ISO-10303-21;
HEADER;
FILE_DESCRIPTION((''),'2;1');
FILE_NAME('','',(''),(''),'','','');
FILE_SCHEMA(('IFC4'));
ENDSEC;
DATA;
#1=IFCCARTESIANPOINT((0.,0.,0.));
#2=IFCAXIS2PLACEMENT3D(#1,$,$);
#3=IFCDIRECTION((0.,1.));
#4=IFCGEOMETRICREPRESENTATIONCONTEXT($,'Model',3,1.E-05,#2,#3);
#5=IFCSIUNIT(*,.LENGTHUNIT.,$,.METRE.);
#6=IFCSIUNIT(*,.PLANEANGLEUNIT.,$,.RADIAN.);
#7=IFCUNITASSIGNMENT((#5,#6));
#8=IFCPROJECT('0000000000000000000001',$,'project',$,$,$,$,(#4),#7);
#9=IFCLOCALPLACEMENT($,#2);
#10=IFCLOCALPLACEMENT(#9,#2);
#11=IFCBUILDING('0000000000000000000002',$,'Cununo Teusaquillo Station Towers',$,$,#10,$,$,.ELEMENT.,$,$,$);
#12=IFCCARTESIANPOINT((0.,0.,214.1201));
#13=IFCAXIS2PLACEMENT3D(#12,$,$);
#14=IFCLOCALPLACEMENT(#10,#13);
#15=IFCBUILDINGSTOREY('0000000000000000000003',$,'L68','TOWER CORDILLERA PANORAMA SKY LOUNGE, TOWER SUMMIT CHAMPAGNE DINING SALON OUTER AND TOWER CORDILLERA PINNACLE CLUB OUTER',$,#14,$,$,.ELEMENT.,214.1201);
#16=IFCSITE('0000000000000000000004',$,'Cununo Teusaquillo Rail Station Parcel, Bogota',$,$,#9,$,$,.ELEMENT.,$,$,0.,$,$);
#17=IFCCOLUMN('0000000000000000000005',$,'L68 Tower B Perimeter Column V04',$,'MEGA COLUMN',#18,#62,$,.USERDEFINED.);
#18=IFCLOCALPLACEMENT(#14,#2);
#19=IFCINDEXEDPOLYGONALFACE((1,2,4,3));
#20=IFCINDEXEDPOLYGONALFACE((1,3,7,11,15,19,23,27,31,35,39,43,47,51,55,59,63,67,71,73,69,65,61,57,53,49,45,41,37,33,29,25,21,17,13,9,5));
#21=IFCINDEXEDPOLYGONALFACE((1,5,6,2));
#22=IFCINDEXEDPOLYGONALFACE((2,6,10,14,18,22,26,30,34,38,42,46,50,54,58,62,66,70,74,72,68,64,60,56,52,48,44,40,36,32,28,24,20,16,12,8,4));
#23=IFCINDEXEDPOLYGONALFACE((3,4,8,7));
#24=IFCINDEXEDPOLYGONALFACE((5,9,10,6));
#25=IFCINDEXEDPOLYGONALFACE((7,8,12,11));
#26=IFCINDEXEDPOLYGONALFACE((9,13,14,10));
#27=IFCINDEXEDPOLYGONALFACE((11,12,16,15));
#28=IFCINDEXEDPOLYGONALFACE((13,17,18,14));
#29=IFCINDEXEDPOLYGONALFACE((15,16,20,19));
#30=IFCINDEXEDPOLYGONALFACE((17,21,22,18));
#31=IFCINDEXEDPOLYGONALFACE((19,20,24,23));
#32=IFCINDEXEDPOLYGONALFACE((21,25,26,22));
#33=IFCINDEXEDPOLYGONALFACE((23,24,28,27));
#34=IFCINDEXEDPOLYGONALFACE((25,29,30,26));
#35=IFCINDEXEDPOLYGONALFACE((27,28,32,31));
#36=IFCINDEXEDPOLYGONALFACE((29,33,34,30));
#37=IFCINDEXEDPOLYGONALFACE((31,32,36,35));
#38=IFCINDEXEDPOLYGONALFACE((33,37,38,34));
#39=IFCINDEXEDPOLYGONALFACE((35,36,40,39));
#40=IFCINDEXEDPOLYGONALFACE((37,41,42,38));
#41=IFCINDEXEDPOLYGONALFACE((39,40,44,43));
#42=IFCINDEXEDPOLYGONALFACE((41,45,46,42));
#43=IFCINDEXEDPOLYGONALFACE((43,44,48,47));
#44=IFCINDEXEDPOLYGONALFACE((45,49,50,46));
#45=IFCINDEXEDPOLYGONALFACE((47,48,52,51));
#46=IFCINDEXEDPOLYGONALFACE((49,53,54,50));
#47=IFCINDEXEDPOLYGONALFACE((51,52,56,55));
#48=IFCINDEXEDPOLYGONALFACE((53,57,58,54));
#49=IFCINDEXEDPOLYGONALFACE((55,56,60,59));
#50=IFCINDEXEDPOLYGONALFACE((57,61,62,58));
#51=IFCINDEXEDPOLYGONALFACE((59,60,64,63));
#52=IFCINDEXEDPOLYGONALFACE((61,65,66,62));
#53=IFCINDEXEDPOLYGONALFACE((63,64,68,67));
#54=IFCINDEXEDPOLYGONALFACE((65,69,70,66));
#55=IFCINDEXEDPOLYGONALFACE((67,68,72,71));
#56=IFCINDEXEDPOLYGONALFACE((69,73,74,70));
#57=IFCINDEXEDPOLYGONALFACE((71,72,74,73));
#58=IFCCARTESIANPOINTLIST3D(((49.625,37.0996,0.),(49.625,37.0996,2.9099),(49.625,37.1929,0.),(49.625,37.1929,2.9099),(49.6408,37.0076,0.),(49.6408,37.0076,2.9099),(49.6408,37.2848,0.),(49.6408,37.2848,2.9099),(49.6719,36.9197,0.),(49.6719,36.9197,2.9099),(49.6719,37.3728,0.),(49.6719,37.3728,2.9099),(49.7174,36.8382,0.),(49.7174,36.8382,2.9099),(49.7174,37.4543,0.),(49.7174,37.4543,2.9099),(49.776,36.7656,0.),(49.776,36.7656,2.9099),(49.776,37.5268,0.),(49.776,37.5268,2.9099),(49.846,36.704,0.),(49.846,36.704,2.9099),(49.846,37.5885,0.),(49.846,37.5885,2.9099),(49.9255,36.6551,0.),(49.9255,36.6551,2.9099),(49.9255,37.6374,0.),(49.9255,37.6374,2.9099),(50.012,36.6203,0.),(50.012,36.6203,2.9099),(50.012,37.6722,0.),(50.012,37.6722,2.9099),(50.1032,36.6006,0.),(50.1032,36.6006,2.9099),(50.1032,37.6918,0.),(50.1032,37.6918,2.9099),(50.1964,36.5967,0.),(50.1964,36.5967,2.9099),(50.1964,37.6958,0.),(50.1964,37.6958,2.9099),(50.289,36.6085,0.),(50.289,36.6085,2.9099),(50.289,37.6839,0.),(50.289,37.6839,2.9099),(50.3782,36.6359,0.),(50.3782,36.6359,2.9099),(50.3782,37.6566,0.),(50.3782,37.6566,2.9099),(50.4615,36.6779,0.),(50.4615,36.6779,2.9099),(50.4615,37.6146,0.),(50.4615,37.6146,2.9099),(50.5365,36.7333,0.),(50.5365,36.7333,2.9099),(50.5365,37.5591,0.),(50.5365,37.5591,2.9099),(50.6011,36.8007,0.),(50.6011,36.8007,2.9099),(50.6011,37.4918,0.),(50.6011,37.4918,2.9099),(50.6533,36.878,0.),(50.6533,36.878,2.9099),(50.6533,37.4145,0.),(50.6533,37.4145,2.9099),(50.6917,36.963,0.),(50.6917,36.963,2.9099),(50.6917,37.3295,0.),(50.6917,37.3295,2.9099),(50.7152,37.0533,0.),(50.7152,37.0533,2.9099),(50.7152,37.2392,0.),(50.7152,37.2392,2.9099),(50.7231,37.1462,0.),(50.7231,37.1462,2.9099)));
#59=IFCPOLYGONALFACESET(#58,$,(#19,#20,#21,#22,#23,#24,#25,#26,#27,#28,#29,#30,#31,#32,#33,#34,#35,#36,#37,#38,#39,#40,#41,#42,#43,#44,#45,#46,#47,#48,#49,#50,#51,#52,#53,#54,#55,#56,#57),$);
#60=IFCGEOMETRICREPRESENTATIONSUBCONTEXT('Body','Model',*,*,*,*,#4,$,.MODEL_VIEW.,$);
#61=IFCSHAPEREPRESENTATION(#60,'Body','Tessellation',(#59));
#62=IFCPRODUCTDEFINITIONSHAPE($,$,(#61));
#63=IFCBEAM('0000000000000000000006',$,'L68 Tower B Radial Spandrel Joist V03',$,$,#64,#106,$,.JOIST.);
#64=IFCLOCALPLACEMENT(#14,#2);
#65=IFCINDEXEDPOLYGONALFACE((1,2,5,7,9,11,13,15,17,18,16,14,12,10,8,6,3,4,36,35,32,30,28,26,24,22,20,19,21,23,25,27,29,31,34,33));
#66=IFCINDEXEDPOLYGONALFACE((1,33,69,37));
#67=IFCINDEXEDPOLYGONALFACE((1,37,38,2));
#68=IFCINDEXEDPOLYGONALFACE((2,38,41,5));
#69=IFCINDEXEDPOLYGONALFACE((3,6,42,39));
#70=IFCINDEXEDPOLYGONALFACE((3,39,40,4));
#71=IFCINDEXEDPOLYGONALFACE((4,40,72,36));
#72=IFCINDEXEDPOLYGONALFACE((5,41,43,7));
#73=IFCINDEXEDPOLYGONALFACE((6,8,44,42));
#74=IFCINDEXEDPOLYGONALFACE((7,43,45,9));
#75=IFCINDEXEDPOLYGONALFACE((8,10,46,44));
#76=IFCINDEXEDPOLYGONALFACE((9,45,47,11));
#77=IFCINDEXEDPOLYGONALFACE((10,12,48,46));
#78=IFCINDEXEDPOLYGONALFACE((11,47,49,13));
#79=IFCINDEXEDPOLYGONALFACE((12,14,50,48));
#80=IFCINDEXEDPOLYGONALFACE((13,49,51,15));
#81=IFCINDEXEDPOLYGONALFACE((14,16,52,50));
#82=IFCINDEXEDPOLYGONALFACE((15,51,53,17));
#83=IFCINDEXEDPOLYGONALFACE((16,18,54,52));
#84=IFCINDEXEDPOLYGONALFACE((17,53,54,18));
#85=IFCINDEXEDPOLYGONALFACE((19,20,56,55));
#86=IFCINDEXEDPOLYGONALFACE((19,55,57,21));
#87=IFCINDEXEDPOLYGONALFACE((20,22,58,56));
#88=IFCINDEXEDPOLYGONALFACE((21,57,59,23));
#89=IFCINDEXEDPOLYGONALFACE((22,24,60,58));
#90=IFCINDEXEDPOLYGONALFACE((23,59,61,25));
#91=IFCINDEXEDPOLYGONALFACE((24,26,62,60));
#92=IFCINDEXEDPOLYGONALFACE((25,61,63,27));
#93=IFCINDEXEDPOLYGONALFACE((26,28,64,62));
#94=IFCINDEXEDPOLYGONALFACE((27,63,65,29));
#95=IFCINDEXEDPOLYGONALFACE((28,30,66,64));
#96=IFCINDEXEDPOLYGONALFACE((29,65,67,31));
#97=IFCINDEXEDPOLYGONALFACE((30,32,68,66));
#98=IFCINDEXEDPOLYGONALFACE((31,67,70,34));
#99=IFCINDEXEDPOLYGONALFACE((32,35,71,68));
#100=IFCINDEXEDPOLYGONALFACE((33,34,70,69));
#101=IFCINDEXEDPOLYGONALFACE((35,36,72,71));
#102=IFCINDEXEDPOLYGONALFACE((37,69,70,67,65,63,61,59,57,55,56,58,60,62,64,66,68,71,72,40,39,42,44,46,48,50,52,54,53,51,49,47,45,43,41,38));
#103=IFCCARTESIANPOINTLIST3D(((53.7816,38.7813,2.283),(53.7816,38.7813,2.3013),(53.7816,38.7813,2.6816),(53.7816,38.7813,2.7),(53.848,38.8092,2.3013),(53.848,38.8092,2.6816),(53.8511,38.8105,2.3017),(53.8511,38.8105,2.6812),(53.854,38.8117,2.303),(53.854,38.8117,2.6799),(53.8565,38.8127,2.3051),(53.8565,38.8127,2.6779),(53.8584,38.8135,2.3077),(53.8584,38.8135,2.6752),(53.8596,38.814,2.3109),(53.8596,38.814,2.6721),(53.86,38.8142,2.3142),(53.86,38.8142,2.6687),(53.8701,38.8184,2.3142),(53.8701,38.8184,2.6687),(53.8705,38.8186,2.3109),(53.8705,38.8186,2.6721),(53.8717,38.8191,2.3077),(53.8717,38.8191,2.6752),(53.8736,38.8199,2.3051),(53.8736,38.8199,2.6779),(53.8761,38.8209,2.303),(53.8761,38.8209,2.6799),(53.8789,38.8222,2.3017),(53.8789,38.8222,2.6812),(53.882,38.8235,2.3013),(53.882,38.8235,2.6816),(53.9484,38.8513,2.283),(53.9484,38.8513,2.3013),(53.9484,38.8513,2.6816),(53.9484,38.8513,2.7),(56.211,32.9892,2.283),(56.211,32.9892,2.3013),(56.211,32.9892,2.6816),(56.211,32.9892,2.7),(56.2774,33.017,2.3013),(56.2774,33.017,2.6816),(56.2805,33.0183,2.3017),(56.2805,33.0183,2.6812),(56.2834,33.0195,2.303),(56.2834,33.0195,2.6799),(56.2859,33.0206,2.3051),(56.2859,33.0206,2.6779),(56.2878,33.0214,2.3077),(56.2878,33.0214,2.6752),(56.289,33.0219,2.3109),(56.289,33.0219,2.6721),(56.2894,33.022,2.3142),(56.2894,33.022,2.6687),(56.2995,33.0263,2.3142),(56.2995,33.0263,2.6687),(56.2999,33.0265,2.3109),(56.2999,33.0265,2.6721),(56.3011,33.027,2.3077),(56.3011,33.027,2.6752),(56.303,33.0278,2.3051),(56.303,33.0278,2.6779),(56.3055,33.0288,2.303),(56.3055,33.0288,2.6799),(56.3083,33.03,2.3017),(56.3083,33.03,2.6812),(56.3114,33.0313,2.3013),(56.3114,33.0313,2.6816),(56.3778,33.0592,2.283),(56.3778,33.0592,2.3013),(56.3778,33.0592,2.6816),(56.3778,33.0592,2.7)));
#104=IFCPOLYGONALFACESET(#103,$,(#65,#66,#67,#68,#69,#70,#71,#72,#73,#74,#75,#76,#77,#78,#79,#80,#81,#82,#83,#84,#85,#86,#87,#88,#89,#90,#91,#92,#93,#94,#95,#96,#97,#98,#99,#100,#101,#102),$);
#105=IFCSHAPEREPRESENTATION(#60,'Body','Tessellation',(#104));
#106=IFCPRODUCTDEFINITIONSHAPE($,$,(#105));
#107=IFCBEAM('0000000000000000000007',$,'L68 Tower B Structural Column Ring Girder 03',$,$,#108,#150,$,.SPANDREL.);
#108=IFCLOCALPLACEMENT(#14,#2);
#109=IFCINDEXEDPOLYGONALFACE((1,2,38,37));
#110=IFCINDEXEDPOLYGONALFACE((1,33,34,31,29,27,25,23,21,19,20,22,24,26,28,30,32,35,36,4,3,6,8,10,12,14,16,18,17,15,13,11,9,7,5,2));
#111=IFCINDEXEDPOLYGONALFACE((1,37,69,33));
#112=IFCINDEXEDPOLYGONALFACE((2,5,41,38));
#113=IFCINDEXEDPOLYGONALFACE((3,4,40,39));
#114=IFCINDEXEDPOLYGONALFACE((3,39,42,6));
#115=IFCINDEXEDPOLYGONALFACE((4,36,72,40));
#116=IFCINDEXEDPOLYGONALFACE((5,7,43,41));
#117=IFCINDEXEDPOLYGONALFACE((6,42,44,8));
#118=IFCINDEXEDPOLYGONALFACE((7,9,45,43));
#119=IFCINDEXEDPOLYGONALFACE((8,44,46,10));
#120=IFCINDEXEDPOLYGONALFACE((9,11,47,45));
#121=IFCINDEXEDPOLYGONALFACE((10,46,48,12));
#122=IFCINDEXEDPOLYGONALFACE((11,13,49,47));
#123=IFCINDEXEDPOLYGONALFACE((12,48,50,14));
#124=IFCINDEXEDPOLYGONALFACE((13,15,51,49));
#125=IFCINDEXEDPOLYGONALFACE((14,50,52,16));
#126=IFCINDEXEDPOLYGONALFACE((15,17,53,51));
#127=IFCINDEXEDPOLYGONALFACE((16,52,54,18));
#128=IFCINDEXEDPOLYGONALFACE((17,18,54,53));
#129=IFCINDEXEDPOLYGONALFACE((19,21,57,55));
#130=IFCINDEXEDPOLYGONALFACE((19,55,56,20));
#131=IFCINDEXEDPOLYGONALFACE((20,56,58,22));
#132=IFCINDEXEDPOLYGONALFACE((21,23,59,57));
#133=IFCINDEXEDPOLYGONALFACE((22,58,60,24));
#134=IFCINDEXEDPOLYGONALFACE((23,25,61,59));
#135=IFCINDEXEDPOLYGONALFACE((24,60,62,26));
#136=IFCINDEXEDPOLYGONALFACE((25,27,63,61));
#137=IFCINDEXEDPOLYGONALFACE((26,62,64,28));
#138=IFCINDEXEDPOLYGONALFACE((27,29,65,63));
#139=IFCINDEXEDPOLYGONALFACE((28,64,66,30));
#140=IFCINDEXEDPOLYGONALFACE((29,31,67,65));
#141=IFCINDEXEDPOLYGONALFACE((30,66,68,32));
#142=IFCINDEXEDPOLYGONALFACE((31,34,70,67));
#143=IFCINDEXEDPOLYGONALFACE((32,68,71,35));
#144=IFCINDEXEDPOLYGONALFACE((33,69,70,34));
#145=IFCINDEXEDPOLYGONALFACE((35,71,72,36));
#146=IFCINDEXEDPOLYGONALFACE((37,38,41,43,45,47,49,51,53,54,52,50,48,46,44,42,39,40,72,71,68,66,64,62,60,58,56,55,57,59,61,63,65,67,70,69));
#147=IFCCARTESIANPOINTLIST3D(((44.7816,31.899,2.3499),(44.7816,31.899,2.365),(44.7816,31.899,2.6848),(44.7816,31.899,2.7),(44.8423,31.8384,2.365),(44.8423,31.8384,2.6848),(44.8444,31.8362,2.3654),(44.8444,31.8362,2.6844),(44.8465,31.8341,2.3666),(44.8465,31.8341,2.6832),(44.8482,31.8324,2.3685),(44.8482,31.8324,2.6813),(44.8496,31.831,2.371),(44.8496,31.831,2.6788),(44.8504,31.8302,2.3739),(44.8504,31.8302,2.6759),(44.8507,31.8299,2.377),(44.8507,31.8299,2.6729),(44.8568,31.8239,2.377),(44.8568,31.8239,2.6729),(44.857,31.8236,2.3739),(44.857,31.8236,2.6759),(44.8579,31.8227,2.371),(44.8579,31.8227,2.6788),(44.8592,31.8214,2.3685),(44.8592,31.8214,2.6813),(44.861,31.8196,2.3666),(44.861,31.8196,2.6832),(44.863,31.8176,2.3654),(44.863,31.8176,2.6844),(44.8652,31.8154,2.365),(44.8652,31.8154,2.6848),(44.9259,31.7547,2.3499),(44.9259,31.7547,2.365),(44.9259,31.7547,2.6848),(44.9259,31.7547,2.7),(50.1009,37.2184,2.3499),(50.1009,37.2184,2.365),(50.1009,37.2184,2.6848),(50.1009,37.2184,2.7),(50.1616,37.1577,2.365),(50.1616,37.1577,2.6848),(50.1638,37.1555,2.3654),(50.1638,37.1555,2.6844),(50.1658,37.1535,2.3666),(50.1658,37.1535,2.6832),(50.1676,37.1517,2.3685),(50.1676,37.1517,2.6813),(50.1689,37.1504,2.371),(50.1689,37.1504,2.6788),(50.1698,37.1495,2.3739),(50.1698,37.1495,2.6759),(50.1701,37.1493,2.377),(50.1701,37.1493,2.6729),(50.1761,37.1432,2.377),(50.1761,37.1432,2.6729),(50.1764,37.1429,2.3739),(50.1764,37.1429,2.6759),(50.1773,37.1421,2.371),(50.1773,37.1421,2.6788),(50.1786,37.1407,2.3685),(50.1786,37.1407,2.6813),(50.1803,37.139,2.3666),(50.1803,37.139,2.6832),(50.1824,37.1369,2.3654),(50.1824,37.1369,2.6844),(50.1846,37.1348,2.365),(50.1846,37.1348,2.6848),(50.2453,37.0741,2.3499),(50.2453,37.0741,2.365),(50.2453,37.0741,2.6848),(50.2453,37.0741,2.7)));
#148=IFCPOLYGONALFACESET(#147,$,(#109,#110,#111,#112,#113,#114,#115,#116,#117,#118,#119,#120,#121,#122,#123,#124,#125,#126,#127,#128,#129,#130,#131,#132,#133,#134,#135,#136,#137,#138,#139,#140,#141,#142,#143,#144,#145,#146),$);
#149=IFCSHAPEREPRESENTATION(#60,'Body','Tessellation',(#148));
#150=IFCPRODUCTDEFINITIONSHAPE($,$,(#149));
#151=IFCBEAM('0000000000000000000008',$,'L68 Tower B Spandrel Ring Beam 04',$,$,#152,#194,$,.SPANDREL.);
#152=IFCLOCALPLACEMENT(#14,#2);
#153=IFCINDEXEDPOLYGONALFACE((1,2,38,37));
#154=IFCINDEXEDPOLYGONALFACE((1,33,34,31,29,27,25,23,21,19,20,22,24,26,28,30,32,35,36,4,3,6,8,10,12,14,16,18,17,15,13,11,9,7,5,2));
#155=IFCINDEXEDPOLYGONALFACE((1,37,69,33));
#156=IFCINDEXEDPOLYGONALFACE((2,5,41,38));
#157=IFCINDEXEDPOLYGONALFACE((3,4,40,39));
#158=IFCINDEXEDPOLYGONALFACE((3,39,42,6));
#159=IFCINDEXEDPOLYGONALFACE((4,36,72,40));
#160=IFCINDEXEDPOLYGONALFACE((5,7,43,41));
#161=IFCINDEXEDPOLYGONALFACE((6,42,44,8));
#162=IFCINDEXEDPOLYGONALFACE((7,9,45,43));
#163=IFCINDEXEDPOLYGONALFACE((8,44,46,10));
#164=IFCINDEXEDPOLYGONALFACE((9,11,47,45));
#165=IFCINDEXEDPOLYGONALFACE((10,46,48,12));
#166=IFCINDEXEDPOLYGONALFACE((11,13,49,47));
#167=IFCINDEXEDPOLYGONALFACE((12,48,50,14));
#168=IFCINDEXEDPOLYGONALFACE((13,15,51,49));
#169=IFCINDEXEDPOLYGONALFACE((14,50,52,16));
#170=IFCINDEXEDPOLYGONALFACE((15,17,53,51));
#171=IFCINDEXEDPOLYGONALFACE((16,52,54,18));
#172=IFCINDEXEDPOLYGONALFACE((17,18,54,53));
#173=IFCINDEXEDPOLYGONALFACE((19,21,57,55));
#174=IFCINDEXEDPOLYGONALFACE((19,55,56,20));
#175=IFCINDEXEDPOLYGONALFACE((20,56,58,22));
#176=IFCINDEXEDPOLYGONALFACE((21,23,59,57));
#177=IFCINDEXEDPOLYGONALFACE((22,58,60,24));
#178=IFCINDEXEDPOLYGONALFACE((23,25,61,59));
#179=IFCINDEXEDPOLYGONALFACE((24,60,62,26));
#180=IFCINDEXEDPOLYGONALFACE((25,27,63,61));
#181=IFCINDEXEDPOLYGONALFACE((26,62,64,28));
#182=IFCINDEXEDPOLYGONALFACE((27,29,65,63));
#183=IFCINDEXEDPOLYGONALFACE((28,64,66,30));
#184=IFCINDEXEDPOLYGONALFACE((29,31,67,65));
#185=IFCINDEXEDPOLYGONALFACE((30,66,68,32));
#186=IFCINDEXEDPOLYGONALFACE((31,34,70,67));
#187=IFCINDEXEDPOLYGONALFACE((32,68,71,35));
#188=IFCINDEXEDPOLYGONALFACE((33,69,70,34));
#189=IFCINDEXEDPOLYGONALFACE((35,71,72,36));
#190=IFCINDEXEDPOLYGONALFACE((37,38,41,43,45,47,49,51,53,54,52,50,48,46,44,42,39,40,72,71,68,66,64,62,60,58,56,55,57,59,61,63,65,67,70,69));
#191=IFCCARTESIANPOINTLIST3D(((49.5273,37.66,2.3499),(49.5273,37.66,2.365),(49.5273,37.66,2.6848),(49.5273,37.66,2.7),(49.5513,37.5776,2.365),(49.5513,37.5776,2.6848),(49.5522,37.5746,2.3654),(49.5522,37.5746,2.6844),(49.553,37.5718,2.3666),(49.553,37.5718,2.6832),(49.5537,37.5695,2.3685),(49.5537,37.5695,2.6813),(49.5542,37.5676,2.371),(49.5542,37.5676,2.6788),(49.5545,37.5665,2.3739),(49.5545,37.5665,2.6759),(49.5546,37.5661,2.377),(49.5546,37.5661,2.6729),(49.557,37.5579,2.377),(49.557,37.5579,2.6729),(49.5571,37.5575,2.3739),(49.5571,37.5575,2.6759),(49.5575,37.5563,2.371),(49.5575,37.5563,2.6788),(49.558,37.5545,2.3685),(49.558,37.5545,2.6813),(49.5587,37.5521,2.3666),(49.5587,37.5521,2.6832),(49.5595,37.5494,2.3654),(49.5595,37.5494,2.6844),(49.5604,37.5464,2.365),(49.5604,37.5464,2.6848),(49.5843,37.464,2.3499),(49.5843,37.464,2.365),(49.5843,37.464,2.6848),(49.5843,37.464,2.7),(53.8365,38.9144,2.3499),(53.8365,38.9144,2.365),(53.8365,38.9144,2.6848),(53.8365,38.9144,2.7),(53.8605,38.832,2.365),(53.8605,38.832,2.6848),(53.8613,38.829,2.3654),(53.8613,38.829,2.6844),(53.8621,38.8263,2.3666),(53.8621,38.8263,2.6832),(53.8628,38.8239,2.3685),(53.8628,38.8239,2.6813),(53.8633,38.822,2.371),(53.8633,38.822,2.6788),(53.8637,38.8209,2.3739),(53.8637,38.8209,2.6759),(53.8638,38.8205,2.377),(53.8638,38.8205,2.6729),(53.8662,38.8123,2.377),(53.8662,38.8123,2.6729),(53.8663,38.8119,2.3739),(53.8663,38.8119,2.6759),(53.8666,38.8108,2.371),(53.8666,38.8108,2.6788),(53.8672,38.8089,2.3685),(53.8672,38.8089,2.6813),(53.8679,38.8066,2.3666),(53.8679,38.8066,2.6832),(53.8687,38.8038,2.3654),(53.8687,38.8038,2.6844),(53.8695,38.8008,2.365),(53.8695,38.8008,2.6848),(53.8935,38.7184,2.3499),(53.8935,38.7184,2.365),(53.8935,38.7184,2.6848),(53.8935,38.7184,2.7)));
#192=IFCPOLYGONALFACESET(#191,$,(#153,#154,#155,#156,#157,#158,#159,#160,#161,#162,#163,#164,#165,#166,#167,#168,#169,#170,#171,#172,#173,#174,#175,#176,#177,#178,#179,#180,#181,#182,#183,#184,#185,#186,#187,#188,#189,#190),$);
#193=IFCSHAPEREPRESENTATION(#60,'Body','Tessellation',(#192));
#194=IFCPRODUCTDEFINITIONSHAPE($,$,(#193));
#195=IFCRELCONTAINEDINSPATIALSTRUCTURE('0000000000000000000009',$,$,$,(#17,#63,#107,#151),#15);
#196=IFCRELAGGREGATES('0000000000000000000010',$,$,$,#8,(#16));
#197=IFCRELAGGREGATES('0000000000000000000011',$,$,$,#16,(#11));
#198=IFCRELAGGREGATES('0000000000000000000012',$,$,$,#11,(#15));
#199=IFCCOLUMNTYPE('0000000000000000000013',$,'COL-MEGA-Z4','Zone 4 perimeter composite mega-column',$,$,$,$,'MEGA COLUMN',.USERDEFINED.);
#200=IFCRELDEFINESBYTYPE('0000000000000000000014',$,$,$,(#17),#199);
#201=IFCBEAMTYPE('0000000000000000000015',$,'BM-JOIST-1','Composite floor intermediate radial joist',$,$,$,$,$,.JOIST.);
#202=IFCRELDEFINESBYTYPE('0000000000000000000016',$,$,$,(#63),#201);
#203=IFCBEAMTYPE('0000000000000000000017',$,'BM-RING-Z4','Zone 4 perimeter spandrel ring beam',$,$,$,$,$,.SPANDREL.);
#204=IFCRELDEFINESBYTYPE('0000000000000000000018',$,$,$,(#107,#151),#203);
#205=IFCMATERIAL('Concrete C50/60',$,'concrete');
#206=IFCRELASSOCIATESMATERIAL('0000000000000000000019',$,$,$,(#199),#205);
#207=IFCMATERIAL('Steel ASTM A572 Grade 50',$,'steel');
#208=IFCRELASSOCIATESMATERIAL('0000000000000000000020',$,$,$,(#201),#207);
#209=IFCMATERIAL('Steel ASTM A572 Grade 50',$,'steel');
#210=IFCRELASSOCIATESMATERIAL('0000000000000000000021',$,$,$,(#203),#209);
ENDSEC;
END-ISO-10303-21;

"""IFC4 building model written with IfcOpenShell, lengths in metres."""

from ifc_helpers import new_model, si_unit, direction, frame, origin, origin_2d, place, context, subcontext, project, spatial, circle, i_section, extrude, material, material_profile, profile_set, type_object, element, save


model = new_model("IFC4")

# Units and contexts
model_context = context("Model", 3, precision=1e-05, world=origin(), true_north=direction((0.0, 1.0)))
body_context = subcontext(model_context, "Body", "Model", "MODEL_VIEW")
ifc_project = project(units=[si_unit("LENGTHUNIT", "METRE"), si_unit("PLANEANGLEUNIT", "RADIAN")], contexts=[model_context])

# Site, building, storey
site_placement = place(None, origin())
site = spatial("IfcSite", under=ifc_project, at=site_placement, Name="Cununo Teusaquillo Rail Station Parcel, Bogota", CompositionType="ELEMENT", RefElevation=0.0)
building_placement = place(site_placement, origin())
building = spatial("IfcBuilding", under=site, at=building_placement, Name="Cununo Teusaquillo Station Towers", CompositionType="ELEMENT")
storey_placement = place(building_placement, frame((0.0, 0.0, 214.1201)))
storey = spatial("IfcBuildingStorey", under=building, at=storey_placement, Name="L68", Description="TOWER CORDILLERA PANORAMA SKY LOUNGE, TOWER SUMMIT CHAMPAGNE DINING SALON OUTER AND TOWER CORDILLERA PINNACLE CLUB OUTER", CompositionType="ELEMENT", Elevation=214.1201)

# Column
ifc_material_1 = material(Name="Concrete C50/60", Category="concrete")
ifc_material_profile_1 = material_profile(ifc_material_1, circle(Radius=0.55, at=origin_2d()), Name="RC-CIRC-1100")
ifc_profile_set_1 = profile_set([ifc_material_profile_1], Name="Concrete C50/60")
column_type = type_object("IfcColumnType", Name="COL-MEGA-Z4", Description="Zone 4 perimeter composite mega-column", ElementType="MEGA COLUMN", PredefinedType="USERDEFINED", material=ifc_profile_set_1)
column_placement = place(storey_placement, frame((50.1731, 37.1462, 0.0), z_axis=(0.0, 0.0, 1.0), x_axis=(1.0, 0.0, 0.0)))
element("IfcColumn", 1, at=column_placement, inside=storey, type_object=column_type, Name="L68 Tower B Perimeter Column V04", ObjectType="MEGA COLUMN", PredefinedType="USERDEFINED", context=body_context, shape_type="SweptSolid", body=[
    extrude(circle(Radius=0.55, at=origin_2d()), origin(), (0.0, 0.0, 1.0), 2.9099),
])

# Beams
ifc_material_2 = material(Name="Steel ASTM A572 Grade 50", Category="steel")
ifc_material_profile_2 = material_profile(ifc_material_2, i_section(OverallWidth=0.1809, OverallDepth=0.417, WebThickness=0.011, FlangeThickness=0.0183, FilletRadius=0.0129, at=origin_2d()), Name="W16X57")
ifc_profile_set_2 = profile_set([ifc_material_profile_2], Name="Steel ASTM A572 Grade 50")
beam_type_1 = type_object("IfcBeamType", Name="BM-JOIST-1", Description="Composite floor intermediate radial joist", PredefinedType="JOIST", material=ifc_profile_set_2)
beam_1_placement = place(storey_placement, frame((56.2944, 33.0242, 2.4915), z_axis=(-0.386786, 0.922169, 0.0), x_axis=(-0.922169, -0.386786, 0.0)))
element("IfcBeam", 2, at=beam_1_placement, inside=storey, type_object=beam_type_1, Name="L68 Tower B Radial Spandrel Joist V03", PredefinedType="JOIST", context=body_context, shape_type="SweptSolid", body=[
    extrude(i_section(OverallWidth=0.1809, OverallDepth=0.417, WebThickness=0.011, FlangeThickness=0.0183, FilletRadius=0.0129, at=origin_2d()), origin(), (0.0, 0.0, 1.0), 6.281),
])
ifc_material_3 = material(Name="Steel ASTM A572 Grade 50", Category="steel")
ifc_material_profile_3 = material_profile(ifc_material_3, i_section(OverallWidth=0.2041, OverallDepth=0.3501, WebThickness=0.0085, FlangeThickness=0.0151, FilletRadius=0.012, at=origin_2d()), Name="W14X48")
ifc_profile_set_3 = profile_set([ifc_material_profile_3], Name="Steel ASTM A572 Grade 50")
beam_type_2 = type_object("IfcBeamType", Name="BM-RING-Z4", Description="Zone 4 perimeter spandrel ring beam", PredefinedType="SPANDREL", material=ifc_profile_set_3)
beam_2_placement = place(storey_placement, frame((50.1731, 37.1462, 2.5249), z_axis=(-0.707107, -0.707107, 0.0), x_axis=(0.707107, -0.707107, 0.0)))
element("IfcBeam", 3, at=beam_2_placement, inside=storey, type_object=beam_type_2, Name="L68 Tower B Structural Column Ring Girder 03", PredefinedType="SPANDREL", context=body_context, shape_type="SweptSolid", body=[
    extrude(i_section(OverallWidth=0.2041, OverallDepth=0.3501, WebThickness=0.0085, FlangeThickness=0.0151, FilletRadius=0.012, at=origin_2d()), origin(), (0.0, 0.0, 1.0), 7.5227),
])
beam_3_placement = place(storey_placement, frame((53.865, 38.8164, 2.5249), z_axis=(-0.960145, -0.279503, 0.0), x_axis=(0.279503, -0.960145, 0.0)))
element("IfcBeam", 4, at=beam_3_placement, inside=storey, type_object=beam_type_2, Name="L68 Tower B Spandrel Ring Beam 04", PredefinedType="SPANDREL", context=body_context, shape_type="SweptSolid", body=[
    extrude(i_section(OverallWidth=0.2041, OverallDepth=0.3501, WebThickness=0.0085, FlangeThickness=0.0151, FilletRadius=0.012, at=origin_2d()), origin(), (0.0, 0.0, 1.0), 4.488),
])

save(model, "model.ifc")
